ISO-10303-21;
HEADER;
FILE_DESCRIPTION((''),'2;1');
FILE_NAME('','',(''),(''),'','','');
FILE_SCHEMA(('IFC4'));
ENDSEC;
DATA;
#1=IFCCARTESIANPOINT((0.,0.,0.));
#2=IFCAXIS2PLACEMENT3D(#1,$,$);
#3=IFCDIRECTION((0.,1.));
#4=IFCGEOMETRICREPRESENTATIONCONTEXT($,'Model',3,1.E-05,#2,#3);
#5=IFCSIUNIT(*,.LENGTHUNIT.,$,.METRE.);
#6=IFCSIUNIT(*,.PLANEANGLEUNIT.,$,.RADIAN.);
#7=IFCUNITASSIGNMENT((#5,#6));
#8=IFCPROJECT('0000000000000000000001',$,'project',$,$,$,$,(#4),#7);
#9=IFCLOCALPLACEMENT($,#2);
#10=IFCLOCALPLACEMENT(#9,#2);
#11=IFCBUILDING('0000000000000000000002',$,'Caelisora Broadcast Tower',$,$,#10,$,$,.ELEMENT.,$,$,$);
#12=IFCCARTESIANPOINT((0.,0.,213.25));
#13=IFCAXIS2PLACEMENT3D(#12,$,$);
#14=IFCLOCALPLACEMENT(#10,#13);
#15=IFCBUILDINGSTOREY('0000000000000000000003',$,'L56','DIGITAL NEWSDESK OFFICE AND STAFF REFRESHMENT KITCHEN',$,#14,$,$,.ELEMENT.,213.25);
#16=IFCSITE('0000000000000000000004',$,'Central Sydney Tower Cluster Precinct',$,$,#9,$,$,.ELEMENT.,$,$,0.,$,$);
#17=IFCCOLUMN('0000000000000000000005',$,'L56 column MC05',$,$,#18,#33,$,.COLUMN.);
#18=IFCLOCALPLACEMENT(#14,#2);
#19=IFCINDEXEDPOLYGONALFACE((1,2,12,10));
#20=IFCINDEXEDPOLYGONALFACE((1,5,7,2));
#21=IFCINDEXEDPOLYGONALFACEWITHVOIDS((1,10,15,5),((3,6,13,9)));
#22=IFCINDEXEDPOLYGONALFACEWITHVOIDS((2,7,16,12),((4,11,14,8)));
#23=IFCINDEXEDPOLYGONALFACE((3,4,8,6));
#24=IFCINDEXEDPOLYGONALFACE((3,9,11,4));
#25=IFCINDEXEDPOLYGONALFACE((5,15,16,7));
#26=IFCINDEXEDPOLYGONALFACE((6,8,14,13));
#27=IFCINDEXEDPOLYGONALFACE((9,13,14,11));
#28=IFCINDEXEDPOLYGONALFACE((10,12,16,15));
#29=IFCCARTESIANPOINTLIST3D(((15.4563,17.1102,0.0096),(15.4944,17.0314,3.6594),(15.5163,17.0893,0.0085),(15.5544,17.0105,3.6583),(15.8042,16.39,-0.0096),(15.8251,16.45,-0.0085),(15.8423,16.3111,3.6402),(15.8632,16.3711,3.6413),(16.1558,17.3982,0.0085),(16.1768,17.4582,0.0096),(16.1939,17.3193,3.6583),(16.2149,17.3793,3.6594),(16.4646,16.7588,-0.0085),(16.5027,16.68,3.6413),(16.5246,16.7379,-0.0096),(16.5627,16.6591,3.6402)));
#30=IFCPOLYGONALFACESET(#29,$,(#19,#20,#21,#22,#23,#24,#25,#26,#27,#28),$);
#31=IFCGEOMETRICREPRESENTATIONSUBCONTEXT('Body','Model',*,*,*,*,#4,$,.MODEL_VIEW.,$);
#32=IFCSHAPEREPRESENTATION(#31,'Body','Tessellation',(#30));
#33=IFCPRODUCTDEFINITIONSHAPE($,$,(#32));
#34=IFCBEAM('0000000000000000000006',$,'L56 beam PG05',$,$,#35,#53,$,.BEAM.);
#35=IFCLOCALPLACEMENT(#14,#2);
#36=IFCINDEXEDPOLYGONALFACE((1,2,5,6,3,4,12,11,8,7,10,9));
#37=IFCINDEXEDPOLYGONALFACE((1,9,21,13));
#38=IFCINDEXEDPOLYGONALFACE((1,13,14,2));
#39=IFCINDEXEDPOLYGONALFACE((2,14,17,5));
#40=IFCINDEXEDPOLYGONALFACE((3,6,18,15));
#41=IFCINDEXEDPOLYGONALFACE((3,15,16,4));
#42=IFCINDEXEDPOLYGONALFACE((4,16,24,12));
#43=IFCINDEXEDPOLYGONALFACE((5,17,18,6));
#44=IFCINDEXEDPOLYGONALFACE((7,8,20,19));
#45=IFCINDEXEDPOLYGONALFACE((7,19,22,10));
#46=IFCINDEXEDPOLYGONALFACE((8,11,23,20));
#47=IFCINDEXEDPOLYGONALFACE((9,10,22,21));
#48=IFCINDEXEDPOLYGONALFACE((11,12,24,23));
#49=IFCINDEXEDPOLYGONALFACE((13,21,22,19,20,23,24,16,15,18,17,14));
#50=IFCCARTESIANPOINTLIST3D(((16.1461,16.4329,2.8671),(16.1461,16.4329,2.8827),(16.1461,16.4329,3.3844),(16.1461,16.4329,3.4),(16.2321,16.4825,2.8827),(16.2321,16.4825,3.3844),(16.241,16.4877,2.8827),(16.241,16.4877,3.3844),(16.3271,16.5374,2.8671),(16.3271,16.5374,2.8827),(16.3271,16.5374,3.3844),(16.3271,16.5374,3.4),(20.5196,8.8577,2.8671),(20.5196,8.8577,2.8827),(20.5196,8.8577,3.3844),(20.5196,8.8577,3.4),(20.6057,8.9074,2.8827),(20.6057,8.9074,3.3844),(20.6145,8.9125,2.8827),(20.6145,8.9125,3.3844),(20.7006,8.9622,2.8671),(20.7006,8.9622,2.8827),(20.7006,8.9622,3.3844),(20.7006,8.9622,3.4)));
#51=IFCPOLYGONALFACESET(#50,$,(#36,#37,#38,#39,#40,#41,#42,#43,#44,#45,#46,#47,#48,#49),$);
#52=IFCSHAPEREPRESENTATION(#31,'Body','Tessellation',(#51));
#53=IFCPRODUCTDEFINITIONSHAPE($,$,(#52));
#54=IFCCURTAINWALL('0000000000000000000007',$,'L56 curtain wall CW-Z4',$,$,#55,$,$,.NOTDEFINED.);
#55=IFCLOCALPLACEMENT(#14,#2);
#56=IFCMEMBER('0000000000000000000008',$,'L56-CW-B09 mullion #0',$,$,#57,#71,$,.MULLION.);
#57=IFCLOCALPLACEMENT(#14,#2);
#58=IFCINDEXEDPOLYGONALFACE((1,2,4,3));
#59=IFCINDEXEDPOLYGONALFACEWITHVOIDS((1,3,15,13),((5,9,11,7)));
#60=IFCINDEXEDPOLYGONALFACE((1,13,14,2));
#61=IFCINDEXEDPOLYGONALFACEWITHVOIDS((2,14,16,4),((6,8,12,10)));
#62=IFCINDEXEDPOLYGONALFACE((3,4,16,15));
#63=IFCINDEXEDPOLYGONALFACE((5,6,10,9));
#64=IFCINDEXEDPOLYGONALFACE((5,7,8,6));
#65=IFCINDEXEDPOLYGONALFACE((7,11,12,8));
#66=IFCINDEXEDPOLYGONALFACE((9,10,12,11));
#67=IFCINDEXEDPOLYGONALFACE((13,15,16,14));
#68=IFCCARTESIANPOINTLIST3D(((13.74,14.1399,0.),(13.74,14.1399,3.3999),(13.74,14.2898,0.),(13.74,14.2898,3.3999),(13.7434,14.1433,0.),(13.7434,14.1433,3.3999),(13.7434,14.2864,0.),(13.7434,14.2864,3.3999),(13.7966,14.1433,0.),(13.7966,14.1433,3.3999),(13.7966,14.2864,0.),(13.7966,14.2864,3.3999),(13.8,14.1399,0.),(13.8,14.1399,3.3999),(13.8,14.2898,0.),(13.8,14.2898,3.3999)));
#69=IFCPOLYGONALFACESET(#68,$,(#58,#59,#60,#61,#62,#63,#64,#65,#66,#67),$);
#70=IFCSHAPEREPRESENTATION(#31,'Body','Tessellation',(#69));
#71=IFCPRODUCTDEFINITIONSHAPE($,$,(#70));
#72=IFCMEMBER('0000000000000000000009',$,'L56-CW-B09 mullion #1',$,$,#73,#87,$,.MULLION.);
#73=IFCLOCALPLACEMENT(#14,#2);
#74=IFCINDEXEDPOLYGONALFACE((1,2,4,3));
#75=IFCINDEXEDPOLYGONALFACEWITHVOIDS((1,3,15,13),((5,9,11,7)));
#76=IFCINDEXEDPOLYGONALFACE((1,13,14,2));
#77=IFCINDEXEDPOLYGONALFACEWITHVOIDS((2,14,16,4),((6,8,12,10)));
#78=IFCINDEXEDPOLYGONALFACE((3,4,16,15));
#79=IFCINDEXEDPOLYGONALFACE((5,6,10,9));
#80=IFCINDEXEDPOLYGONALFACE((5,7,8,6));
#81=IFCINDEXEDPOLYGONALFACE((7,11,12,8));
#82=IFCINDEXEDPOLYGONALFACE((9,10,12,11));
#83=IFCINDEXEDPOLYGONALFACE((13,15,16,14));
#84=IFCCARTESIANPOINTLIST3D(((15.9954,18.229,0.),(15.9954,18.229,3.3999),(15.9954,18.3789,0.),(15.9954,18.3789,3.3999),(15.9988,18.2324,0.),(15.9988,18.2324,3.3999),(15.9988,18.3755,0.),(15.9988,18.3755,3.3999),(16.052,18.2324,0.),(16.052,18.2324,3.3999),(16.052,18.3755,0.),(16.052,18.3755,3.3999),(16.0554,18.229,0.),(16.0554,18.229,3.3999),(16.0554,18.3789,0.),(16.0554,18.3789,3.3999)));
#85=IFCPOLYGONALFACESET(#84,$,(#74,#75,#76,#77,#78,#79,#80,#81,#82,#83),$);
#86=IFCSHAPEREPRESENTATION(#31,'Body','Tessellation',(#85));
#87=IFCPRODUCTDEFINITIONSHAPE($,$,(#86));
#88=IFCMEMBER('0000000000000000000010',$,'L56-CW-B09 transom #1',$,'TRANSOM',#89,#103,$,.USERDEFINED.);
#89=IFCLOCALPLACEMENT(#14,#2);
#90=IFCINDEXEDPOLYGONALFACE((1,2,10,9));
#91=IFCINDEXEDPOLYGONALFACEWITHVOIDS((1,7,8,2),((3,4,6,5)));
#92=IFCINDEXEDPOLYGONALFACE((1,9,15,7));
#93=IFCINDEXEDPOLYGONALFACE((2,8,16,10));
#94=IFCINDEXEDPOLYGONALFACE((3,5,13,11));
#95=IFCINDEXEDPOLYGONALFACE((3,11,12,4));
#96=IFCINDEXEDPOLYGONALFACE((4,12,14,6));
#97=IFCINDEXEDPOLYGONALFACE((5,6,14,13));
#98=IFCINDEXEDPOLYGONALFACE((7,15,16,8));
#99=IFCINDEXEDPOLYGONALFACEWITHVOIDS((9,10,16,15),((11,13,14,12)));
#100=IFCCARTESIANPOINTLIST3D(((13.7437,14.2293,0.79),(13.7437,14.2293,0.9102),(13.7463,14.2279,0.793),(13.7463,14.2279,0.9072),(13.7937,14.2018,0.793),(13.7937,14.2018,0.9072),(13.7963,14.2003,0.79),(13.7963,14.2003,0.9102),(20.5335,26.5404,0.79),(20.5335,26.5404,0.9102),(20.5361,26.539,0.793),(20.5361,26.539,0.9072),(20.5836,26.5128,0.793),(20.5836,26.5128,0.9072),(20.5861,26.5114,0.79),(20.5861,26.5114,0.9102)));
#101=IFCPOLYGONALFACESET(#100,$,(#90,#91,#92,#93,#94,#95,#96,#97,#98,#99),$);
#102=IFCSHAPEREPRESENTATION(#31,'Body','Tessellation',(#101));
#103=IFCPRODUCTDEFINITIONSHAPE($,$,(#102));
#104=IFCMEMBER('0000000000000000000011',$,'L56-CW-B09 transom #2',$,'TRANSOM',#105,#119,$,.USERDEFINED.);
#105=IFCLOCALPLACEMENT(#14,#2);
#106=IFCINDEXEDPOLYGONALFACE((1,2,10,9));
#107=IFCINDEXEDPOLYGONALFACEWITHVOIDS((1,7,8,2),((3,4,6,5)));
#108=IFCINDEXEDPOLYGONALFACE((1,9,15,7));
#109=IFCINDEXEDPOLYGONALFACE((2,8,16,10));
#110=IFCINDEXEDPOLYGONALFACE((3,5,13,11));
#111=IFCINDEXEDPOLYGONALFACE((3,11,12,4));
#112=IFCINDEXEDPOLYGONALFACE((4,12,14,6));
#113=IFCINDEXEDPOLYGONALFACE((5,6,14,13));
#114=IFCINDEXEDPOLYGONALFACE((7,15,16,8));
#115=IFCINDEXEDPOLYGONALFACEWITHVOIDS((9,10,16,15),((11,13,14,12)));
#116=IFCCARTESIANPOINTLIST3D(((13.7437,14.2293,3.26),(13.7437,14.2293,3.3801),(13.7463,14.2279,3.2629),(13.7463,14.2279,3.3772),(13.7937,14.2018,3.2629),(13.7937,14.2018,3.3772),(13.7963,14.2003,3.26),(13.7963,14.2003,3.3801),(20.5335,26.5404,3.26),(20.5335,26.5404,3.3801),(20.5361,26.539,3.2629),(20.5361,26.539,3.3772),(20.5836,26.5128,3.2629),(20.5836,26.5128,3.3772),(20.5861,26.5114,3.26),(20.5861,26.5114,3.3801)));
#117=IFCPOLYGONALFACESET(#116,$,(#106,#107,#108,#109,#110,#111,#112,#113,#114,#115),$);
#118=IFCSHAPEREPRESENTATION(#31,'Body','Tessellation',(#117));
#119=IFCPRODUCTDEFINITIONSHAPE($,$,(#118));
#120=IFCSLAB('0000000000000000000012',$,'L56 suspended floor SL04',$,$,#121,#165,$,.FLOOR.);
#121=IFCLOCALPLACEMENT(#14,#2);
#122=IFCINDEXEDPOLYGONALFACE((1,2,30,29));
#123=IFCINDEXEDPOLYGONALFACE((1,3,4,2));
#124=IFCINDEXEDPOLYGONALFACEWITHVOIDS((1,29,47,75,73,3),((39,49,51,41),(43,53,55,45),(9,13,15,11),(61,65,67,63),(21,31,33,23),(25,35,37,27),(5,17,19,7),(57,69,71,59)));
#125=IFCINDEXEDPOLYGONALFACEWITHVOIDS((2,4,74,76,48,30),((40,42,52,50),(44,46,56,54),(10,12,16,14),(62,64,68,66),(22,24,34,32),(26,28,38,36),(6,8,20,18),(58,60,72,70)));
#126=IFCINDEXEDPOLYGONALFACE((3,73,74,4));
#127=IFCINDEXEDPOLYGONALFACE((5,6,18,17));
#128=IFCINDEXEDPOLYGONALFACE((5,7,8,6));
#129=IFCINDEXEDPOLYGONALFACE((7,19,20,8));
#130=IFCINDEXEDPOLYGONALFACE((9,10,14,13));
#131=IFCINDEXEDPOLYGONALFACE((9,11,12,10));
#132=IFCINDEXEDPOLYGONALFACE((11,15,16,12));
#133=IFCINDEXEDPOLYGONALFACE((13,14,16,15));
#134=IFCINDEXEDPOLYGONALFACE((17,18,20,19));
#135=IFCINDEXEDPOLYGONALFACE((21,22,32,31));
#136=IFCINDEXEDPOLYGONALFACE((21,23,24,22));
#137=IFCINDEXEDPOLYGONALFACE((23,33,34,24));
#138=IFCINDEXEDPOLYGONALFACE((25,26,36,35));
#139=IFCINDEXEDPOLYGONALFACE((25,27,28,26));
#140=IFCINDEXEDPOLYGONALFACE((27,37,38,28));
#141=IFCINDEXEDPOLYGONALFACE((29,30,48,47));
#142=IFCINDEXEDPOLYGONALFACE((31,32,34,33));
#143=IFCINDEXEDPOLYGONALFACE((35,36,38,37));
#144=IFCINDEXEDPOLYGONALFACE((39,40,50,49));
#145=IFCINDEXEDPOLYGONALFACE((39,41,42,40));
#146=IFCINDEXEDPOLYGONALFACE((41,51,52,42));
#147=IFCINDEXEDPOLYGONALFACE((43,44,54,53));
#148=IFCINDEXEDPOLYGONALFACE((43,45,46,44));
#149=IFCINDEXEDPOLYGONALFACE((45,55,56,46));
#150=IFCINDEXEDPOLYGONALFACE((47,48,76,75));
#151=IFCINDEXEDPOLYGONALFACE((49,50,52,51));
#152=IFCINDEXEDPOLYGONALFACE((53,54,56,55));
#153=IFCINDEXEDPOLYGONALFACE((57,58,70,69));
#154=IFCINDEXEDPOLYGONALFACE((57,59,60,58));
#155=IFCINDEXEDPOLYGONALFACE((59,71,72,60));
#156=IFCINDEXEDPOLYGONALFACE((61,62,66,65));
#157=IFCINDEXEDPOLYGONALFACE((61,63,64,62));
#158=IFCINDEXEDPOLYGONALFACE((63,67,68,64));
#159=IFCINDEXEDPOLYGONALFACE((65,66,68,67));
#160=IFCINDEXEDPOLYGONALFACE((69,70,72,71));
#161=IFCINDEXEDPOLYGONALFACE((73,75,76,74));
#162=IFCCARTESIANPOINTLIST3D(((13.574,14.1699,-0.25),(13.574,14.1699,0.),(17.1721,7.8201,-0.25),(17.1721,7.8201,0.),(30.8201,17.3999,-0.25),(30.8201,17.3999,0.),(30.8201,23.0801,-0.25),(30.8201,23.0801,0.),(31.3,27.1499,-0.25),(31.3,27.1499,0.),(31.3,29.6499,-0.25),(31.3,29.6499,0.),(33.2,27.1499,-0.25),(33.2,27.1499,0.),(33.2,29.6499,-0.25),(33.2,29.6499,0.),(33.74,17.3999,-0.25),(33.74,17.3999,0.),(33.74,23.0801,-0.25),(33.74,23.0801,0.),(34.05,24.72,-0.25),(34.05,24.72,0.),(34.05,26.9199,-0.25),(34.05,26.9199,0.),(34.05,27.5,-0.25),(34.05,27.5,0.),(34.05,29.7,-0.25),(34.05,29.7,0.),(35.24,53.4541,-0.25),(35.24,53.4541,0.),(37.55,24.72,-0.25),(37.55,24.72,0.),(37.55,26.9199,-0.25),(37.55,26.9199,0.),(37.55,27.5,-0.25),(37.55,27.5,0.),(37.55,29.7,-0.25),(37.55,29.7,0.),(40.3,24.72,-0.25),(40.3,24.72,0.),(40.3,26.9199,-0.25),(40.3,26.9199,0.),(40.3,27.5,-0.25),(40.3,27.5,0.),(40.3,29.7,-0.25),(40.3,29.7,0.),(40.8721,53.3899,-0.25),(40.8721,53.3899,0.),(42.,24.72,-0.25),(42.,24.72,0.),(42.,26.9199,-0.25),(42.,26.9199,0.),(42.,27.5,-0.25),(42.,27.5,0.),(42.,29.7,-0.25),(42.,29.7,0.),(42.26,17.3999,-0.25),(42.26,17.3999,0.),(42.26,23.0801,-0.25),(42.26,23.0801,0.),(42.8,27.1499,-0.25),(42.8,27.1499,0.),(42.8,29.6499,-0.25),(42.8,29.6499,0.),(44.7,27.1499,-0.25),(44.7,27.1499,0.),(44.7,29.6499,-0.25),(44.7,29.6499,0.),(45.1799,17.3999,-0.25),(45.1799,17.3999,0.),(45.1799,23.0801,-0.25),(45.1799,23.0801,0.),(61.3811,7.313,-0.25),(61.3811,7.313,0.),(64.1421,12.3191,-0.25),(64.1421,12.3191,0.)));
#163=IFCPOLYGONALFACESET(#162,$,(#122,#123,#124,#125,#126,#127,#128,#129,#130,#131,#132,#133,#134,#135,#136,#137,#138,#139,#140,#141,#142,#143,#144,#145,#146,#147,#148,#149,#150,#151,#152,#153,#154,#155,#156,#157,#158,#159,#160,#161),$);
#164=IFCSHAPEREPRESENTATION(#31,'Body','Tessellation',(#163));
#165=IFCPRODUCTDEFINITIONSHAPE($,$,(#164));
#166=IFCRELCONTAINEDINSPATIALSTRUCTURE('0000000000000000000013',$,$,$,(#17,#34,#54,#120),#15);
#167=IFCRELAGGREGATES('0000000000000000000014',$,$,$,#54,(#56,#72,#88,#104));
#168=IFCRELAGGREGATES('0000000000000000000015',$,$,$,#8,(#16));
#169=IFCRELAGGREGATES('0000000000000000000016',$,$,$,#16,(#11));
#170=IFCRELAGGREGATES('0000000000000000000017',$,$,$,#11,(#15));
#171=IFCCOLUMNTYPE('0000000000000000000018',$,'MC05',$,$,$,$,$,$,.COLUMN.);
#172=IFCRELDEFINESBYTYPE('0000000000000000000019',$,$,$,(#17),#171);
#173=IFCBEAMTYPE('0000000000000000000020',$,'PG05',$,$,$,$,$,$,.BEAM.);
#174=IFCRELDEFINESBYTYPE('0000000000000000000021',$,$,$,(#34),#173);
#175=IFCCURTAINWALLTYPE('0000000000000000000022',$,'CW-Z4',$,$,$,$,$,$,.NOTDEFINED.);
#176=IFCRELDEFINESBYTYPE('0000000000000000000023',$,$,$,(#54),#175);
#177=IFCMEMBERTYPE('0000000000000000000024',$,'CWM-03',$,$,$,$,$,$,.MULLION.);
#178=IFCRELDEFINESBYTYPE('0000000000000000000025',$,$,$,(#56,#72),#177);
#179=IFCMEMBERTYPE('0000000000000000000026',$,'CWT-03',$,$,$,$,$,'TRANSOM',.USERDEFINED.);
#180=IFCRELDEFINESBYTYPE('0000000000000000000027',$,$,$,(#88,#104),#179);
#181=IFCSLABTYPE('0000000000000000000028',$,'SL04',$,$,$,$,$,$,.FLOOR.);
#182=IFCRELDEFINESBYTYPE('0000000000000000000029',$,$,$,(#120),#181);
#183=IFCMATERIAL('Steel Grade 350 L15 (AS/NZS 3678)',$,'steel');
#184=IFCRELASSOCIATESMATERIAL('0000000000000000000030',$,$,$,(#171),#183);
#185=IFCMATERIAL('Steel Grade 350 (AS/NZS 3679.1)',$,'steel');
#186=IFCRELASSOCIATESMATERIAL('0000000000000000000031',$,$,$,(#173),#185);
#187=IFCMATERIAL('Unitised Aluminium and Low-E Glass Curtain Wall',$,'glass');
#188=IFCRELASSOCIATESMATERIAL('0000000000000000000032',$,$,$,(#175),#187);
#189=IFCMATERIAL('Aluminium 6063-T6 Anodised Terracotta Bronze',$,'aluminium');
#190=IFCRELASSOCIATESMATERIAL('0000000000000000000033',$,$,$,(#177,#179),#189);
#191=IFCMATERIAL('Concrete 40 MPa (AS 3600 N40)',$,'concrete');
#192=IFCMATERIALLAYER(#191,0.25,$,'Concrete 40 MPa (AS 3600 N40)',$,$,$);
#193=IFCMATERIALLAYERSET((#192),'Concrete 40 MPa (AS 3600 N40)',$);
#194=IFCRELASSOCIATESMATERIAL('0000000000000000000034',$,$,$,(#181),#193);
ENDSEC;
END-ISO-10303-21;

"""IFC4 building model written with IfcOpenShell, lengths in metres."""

from ifc_helpers import new_model, si_unit, direction, frame, origin, origin_2d, place, context, subcontext, project, spatial, polyline, hollow_rectangle, i_section, outline, extrude, source, transform, mapped, material, layer, layer_set, material_profile, profile_set, type_object, type_shapes, element, aggregate, save


model = new_model("IFC4")

# Units and contexts
model_context = context("Model", 3, precision=1e-05, world=origin(), true_north=direction((0.0, 1.0)))
body_context = subcontext(model_context, "Body", "Model", "MODEL_VIEW")
ifc_project = project(units=[si_unit("LENGTHUNIT", "METRE"), si_unit("PLANEANGLEUNIT", "RADIAN")], contexts=[model_context])

# Site, building, storey
site_placement = place(None, origin())
site = spatial("IfcSite", under=ifc_project, at=site_placement, Name="Central Sydney Tower Cluster Precinct", CompositionType="ELEMENT", RefElevation=0.0)
building_placement = place(site_placement, origin())
building = spatial("IfcBuilding", under=site, at=building_placement, Name="Caelisora Broadcast Tower", CompositionType="ELEMENT")
storey_placement = place(building_placement, frame((0.0, 0.0, 213.25)))
storey = spatial("IfcBuildingStorey", under=building, at=storey_placement, Name="L56", Description="DIGITAL NEWSDESK OFFICE AND STAFF REFRESHMENT KITCHEN", CompositionType="ELEMENT", Elevation=213.25)

# Column
ifc_material_1 = material(Name="Steel Grade 350 L15 (AS/NZS 3678)", Category="steel")
ifc_material_profile_1 = material_profile(ifc_material_1, hollow_rectangle(XDim=0.8, YDim=0.8, WallThickness=0.0449, at=origin_2d()), Name="Steel Grade 350 L15 (AS/NZS 3678)")
ifc_profile_set_1 = profile_set([ifc_material_profile_1], Name="Steel Grade 350 L15 (AS/NZS 3678)")
column_type = type_object("IfcColumnType", Name="MC05", PredefinedType="COLUMN", material=ifc_profile_set_1)
shared_shape_1 = source(origin(), body_context, "Body", "SweptSolid", [
    extrude(hollow_rectangle(XDim=0.8, YDim=0.8, WallThickness=0.0449, at=origin_2d()), origin(), (0.0, 0.0, 1.0), 3.6509),
])
type_shapes(column_type, [shared_shape_1])
column_placement = place(storey_placement, frame((15.9905, 16.9241, 0.0), z_axis=(0.010432, -0.021599, 0.999712), x_axis=(0.900476, 0.434905, 0.0)))
element("IfcColumn", 1, at=column_placement, inside=storey, type_object=column_type, Name="L56 column MC05", PredefinedType="COLUMN", context=body_context, shape_type="MappedRepresentation", body=[
    mapped(shared_shape_1, transform((0.0, 0.0, 0.0), scale=1.0)),
])

# Beam
ifc_material_2 = material(Name="Steel Grade 350 (AS/NZS 3679.1)", Category="steel")
ifc_material_profile_2 = material_profile(ifc_material_2, i_section(OverallWidth=0.209, OverallDepth=0.533, WebThickness=0.0103, FlangeThickness=0.0156, at=origin_2d()), Name="Steel Grade 350 (AS/NZS 3679.1)")
ifc_profile_set_2 = profile_set([ifc_material_profile_2], Name="Steel Grade 350 (AS/NZS 3679.1)")
beam_type = type_object("IfcBeamType", Name="PG05", PredefinedType="BEAM", material=ifc_profile_set_2)
shared_shape_2 = source(origin(), body_context, "Body", "SweptSolid", [
    extrude(i_section(OverallWidth=0.209, OverallDepth=0.533, WebThickness=0.0103, FlangeThickness=0.0156, at=origin_2d()), origin(), (0.0, 0.0, 1.0), 8.7471),
])
type_shapes(beam_type, [shared_shape_2])
beam_placement = place(storey_placement, frame((16.2366, 16.4851, 3.1335), z_axis=(0.499999, -0.866026, 0.0), x_axis=(0.866026, 0.499999, 0.0)))
element("IfcBeam", 2, at=beam_placement, inside=storey, type_object=beam_type, Name="L56 beam PG05", PredefinedType="BEAM", context=body_context, shape_type="MappedRepresentation", body=[
    mapped(shared_shape_2, transform((0.0, 0.0, 0.0), scale=1.0)),
])

# Curtain wall, members
ifc_material_3 = material(Name="Unitised Aluminium and Low-E Glass Curtain Wall", Category="glass")
curtain_wall_type = type_object("IfcCurtainWallType", Name="CW-Z4", PredefinedType="NOTDEFINED", material=ifc_material_3)
curtain_wall_placement = place(storey_placement, origin())
curtain_wall = element("IfcCurtainWall", 3, at=curtain_wall_placement, inside=storey, type_object=curtain_wall_type, Name="L56 curtain wall CW-Z4", PredefinedType="NOTDEFINED")
ifc_material_4 = material(Name="Aluminium 6063-T6 Anodised Terracotta Bronze", Category="aluminium")
ifc_material_profile_3 = material_profile(ifc_material_4, hollow_rectangle(XDim=0.0601, YDim=0.1499, WallThickness=0.0034, at=origin_2d()), Name="Aluminium 6063-T6 Anodised Terracotta Bronze")
ifc_profile_set_3 = profile_set([ifc_material_profile_3], Name="Aluminium 6063-T6 Anodised Terracotta Bronze")
member_type_1 = type_object("IfcMemberType", Name="CWM-03", PredefinedType="MULLION", material=ifc_profile_set_3)
shared_shape_3 = source(origin(), body_context, "Body", "SweptSolid", [
    extrude(hollow_rectangle(XDim=0.0601, YDim=0.1499, WallThickness=0.0034, at=origin_2d()), origin(), (0.0, 0.0, 1.0), 3.3999),
])
type_shapes(member_type_1, [shared_shape_3])
member_1_placement = place(storey_placement, frame((13.77, 14.2148, 0.0), z_axis=(0.0, 0.0, 1.0), x_axis=(1.0, 0.0, 0.0)))
member_1 = element("IfcMember", 4, at=member_1_placement, type_object=member_type_1, Name="L56-CW-B09 mullion #0", PredefinedType="MULLION", context=body_context, shape_type="MappedRepresentation", body=[
    mapped(shared_shape_3, transform((0.0, 0.0, 0.0), scale=1.0)),
])
member_2_placement = place(storey_placement, frame((16.0254, 18.304, 0.0), z_axis=(0.0, 0.0, 1.0), x_axis=(1.0, 0.0, 0.0)))
member_2 = element("IfcMember", 5, at=member_2_placement, type_object=member_type_1, Name="L56-CW-B09 mullion #1", PredefinedType="MULLION", context=body_context, shape_type="MappedRepresentation", body=[
    mapped(shared_shape_3, transform((0.0, 0.0, 0.0), scale=1.0)),
])
ifc_material_profile_4 = material_profile(ifc_material_4, hollow_rectangle(XDim=0.0601, YDim=0.1201, WallThickness=0.0029, at=origin_2d()), Name="Aluminium 6063-T6 Anodised Terracotta Bronze")
ifc_profile_set_4 = profile_set([ifc_material_profile_4], Name="Aluminium 6063-T6 Anodised Terracotta Bronze")
member_type_2 = type_object("IfcMemberType", Name="CWT-03", ElementType="TRANSOM", PredefinedType="USERDEFINED", material=ifc_profile_set_4)
shared_shape_4 = source(origin(), body_context, "Body", "SweptSolid", [
    extrude(hollow_rectangle(XDim=0.0601, YDim=0.1201, WallThickness=0.0029, at=origin_2d()), origin(), (0.0, 0.0, 1.0), 14.0593),
])
type_shapes(member_type_2, [shared_shape_4])
member_3_placement = place(storey_placement, frame((13.77, 14.2148, 0.8501), z_axis=(0.482941, 0.875653, 0.0), x_axis=(-0.875653, 0.482941, 0.0)))
member_3 = element("IfcMember", 6, at=member_3_placement, type_object=member_type_2, Name="L56-CW-B09 transom #1", ObjectType="TRANSOM", PredefinedType="USERDEFINED", context=body_context, shape_type="MappedRepresentation", body=[
    mapped(shared_shape_4, transform((0.0, 0.0, 0.0), scale=1.0)),
])
member_4_placement = place(storey_placement, frame((13.77, 14.2148, 3.3201), z_axis=(0.482941, 0.875653, 0.0), x_axis=(-0.875653, 0.482941, 0.0)))
member_4 = element("IfcMember", 7, at=member_4_placement, type_object=member_type_2, Name="L56-CW-B09 transom #2", ObjectType="TRANSOM", PredefinedType="USERDEFINED", context=body_context, shape_type="MappedRepresentation", body=[
    mapped(shared_shape_4, transform((0.0, 0.0, 0.0), scale=1.0)),
])

# Slab
ifc_material_5 = material(Name="Concrete 40 MPa (AS 3600 N40)", Category="concrete")
ifc_layer_1 = layer(ifc_material_5, 0.25, Name="Concrete 40 MPa (AS 3600 N40)")
ifc_layer_set_1 = layer_set([ifc_layer_1], Name="Concrete 40 MPa (AS 3600 N40)")
slab_type_1 = type_object("IfcSlabType", Name="SL04", PredefinedType="FLOOR", material=ifc_layer_set_1)
slab_1_placement = place(storey_placement, frame((0.0, 0.0, -0.25)))
element("IfcSlab", 8, at=slab_1_placement, inside=storey, type_object=slab_type_1, Name="L56 suspended floor SL04", PredefinedType="FLOOR", context=body_context, shape_type="SweptSolid", body=[
    extrude(outline(polyline([(40.8721, 53.3899), (35.24, 53.4541), (13.574, 14.1699), (17.1721, 7.8201), (61.3811, 7.313), (64.1421, 12.3191), (40.8721, 53.3899)]), holes=[polyline([(30.8201, 17.3999), (33.74, 17.3999), (33.74, 23.0801), (30.8201, 23.0801), (30.8201, 17.3999)]), polyline([(42.26, 17.3999), (45.1799, 17.3999), (45.1799, 23.0801), (42.26, 23.0801), (42.26, 17.3999)]), polyline([(42.8, 27.1499), (44.7, 27.1499), (44.7, 29.6499), (42.8, 29.6499), (42.8, 27.1499)]), polyline([(40.3, 24.72), (42.0, 24.72), (42.0, 26.9199), (40.3, 26.9199), (40.3, 24.72)]), polyline([(40.3, 27.5), (42.0, 27.5), (42.0, 29.7), (40.3, 29.7), (40.3, 27.5)]), polyline([(34.05, 24.72), (37.55, 24.72), (37.55, 26.9199), (34.05, 26.9199), (34.05, 24.72)]), polyline([(34.05, 27.5), (37.55, 27.5), (37.55, 29.7), (34.05, 29.7), (34.05, 27.5)]), polyline([(31.3, 27.1499), (33.2, 27.1499), (33.2, 29.6499), (31.3, 29.6499), (31.3, 27.1499)])]), origin(), (0.0, 0.0, 1.0), 0.25),
])

aggregate(curtain_wall, [member_1, member_2, member_3, member_4])

save(model, "model.ifc")
